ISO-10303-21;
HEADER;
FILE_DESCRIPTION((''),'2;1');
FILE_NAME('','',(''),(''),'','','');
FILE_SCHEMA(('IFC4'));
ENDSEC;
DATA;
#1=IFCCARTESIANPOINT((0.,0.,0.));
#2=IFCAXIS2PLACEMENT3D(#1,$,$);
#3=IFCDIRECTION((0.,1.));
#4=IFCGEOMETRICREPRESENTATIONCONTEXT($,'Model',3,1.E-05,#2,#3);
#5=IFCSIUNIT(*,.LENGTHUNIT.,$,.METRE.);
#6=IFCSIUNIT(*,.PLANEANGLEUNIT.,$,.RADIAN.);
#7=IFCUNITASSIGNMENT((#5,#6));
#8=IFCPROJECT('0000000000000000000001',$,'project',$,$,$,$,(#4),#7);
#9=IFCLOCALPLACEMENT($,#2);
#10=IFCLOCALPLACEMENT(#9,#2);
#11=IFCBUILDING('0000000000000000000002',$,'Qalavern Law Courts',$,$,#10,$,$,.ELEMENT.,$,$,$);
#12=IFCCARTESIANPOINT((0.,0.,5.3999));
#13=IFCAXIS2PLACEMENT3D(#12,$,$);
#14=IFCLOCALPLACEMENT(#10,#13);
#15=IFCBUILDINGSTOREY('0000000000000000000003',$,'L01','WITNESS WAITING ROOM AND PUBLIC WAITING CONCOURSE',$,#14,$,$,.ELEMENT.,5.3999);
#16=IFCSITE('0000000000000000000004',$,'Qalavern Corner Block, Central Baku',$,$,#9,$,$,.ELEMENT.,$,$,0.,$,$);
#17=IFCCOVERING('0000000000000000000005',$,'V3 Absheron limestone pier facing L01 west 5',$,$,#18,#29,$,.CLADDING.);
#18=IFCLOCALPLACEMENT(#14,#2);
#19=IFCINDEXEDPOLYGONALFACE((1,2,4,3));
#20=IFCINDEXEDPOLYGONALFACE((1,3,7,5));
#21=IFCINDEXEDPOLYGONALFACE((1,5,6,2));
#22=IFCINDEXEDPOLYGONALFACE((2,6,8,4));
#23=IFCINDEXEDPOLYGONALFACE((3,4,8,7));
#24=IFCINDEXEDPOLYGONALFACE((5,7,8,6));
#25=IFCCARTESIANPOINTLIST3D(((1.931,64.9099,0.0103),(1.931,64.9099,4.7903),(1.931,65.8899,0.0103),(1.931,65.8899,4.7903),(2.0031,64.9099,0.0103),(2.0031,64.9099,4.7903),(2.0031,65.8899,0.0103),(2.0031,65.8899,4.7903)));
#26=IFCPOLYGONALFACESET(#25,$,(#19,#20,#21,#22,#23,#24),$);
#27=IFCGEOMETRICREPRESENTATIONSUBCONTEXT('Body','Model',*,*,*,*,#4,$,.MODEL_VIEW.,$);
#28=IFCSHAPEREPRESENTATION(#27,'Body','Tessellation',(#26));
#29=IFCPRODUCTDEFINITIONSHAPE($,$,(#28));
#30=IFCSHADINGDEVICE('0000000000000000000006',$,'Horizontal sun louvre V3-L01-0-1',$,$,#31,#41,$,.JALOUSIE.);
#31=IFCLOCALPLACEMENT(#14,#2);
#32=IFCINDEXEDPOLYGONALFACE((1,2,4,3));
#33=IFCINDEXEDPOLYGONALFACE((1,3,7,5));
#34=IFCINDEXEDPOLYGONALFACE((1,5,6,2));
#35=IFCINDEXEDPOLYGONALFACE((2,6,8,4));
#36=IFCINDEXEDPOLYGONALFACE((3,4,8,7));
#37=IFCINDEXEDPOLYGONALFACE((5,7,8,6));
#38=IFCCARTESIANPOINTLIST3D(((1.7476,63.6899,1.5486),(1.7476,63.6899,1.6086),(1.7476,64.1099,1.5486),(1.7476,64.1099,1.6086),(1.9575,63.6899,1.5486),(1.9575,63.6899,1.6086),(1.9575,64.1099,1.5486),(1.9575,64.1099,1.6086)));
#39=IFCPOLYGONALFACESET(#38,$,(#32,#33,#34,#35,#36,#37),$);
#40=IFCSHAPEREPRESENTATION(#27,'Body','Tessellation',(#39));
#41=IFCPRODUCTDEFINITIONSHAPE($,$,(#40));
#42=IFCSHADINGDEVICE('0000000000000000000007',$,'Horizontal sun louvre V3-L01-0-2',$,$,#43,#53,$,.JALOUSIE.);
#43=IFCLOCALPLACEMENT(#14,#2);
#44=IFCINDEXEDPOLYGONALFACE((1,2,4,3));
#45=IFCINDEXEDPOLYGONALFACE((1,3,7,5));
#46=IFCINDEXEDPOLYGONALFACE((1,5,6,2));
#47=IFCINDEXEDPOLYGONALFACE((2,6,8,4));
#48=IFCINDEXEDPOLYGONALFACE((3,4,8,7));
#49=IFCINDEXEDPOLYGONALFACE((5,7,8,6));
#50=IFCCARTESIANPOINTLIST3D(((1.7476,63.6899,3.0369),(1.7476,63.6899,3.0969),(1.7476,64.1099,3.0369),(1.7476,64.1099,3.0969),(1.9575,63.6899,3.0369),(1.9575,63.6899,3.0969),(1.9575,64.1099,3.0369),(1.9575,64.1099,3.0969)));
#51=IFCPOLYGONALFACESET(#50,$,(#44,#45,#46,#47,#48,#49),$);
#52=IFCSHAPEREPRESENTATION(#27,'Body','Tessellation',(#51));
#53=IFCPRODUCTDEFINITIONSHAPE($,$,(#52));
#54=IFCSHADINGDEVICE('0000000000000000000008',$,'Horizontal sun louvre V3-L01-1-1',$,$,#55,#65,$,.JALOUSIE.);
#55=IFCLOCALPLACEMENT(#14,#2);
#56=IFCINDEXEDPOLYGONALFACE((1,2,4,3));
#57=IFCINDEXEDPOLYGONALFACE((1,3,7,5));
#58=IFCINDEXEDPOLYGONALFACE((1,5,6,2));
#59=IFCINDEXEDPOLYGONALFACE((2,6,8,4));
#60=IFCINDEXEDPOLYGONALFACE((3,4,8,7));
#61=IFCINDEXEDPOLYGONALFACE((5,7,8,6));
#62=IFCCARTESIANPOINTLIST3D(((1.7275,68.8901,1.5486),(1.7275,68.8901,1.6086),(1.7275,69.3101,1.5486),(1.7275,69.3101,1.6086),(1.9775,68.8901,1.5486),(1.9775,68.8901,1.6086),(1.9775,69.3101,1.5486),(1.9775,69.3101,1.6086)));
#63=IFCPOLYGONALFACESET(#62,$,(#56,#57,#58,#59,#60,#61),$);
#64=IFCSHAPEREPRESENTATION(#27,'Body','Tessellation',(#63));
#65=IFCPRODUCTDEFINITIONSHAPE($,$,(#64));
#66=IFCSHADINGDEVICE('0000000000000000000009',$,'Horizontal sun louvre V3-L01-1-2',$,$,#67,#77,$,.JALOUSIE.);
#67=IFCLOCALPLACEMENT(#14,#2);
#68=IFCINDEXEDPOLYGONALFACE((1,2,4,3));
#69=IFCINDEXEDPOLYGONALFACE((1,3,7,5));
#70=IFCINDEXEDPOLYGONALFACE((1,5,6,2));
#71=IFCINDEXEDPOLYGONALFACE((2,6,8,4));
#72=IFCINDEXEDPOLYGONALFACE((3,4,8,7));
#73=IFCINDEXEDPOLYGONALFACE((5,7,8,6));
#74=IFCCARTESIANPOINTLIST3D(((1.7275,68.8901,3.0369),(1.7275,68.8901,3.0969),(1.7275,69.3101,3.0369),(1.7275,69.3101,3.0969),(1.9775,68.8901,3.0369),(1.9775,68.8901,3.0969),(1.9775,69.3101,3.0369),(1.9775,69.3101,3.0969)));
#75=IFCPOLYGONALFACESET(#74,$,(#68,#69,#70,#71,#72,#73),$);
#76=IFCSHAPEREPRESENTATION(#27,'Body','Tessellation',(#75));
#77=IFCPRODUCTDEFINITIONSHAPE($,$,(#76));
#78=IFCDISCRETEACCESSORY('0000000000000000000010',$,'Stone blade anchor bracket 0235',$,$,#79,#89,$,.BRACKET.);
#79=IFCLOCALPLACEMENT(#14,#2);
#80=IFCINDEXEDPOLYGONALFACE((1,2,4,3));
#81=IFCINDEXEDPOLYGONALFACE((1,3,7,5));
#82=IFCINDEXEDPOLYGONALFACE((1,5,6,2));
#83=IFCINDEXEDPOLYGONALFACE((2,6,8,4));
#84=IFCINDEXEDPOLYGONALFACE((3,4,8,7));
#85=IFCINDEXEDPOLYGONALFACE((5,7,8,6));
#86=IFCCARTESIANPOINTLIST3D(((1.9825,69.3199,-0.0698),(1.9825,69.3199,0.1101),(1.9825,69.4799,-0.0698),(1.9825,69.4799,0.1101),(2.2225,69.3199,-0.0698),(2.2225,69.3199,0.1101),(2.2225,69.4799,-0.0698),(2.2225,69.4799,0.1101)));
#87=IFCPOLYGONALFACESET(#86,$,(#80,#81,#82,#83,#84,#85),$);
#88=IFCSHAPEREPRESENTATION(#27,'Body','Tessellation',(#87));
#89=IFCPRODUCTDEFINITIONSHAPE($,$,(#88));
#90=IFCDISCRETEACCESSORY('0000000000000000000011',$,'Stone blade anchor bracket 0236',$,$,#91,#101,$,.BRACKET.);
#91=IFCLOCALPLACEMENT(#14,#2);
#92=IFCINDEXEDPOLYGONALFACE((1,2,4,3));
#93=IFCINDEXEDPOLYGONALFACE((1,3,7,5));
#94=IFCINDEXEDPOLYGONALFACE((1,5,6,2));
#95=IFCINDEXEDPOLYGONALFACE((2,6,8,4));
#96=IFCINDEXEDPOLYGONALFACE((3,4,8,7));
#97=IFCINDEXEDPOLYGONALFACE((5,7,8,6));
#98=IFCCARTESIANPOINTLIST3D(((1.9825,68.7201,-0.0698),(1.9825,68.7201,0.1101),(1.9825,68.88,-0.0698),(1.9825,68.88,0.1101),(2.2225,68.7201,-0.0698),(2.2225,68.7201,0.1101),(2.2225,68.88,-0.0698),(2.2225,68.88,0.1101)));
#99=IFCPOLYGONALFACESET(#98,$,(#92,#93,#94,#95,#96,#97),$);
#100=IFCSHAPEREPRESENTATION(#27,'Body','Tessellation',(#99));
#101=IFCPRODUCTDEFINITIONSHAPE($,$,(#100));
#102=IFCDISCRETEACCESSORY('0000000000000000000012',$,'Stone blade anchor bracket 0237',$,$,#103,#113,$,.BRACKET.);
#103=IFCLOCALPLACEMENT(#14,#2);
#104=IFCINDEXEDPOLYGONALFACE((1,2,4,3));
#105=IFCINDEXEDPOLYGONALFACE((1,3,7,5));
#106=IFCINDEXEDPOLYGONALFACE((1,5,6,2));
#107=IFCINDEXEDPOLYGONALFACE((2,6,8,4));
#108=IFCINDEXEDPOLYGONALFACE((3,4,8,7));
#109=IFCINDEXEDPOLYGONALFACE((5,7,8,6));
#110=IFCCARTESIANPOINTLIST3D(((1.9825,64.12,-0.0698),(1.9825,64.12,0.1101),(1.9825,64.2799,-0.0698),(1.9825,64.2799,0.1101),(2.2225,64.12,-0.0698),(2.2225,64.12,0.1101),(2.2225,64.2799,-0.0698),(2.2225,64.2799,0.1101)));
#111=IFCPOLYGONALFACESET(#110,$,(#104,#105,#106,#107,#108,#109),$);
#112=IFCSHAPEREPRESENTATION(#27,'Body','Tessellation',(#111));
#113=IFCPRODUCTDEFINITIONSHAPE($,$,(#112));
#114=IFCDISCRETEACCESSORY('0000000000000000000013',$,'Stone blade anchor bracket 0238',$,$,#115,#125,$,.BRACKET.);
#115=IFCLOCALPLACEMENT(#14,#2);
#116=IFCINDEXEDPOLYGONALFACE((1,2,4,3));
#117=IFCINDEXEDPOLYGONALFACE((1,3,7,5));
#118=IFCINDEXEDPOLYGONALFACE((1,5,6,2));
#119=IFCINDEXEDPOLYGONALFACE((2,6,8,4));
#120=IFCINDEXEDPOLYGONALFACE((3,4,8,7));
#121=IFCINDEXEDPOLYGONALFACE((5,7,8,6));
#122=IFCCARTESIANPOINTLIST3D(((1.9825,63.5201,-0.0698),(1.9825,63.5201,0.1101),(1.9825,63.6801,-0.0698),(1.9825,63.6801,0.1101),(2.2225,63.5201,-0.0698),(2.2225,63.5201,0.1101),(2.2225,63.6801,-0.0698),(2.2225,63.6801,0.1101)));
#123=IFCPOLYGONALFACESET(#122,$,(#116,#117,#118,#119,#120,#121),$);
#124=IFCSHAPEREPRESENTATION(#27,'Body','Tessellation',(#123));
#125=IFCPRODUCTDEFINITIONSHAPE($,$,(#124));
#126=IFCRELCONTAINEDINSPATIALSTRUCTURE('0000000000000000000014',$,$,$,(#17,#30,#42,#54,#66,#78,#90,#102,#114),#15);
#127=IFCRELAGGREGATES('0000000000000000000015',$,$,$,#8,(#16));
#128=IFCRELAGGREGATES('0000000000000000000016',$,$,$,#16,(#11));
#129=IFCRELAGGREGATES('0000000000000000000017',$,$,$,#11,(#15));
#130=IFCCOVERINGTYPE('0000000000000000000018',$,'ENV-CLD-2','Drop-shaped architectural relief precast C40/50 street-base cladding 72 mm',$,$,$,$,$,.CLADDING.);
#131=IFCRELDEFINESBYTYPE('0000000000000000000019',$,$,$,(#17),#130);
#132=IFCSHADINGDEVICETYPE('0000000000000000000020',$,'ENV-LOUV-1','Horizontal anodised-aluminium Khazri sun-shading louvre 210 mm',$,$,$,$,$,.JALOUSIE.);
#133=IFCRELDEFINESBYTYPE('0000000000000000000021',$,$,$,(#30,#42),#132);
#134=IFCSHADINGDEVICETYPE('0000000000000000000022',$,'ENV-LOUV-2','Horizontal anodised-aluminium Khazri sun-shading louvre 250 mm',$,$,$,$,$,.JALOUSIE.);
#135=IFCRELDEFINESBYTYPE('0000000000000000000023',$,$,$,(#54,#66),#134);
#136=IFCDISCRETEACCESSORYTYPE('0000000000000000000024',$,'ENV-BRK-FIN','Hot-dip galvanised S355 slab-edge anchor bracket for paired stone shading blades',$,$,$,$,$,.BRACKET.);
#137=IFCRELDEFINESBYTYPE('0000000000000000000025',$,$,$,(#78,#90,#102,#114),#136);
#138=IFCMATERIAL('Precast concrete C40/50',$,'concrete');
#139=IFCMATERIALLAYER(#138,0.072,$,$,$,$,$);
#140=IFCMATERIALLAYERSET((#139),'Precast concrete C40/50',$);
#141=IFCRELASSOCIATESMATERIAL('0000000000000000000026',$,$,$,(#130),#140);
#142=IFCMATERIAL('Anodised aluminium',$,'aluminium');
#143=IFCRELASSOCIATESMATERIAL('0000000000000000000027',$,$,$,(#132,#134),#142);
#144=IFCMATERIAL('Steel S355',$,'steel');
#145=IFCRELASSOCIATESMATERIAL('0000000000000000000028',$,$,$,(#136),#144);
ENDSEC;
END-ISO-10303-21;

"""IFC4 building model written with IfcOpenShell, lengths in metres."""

from ifc_helpers import new_model, si_unit, direction, frame, origin, origin_2d, place, context, subcontext, project, spatial, rectangle, extrude, material, layer, layer_set, type_object, element, save


model = new_model("IFC4")

# Units and contexts
model_context = context("Model", 3, precision=1e-05, world=origin(), true_north=direction((0.0, 1.0)))
body_context = subcontext(model_context, "Body", "Model", "MODEL_VIEW")
ifc_project = project(units=[si_unit("LENGTHUNIT", "METRE"), si_unit("PLANEANGLEUNIT", "RADIAN")], contexts=[model_context])

# Site, building, storey
site_placement = place(None, origin())
site = spatial("IfcSite", under=ifc_project, at=site_placement, Name="Qalavern Corner Block, Central Baku", CompositionType="ELEMENT", RefElevation=0.0)
building_placement = place(site_placement, origin())
building = spatial("IfcBuilding", under=site, at=building_placement, Name="Qalavern Law Courts", CompositionType="ELEMENT")
storey_placement = place(building_placement, frame((0.0, 0.0, 5.3999)))
storey = spatial("IfcBuildingStorey", under=building, at=storey_placement, Name="L01", Description="WITNESS WAITING ROOM AND PUBLIC WAITING CONCOURSE", CompositionType="ELEMENT", Elevation=5.3999)

# Shared definitions
ifc_material_1 = material(Name="Anodised aluminium", Category="aluminium")

# Covering
ifc_material_2 = material(Name="Precast concrete C40/50", Category="concrete")
ifc_layer_1 = layer(ifc_material_2, 0.072)
ifc_layer_set_1 = layer_set([ifc_layer_1], Name="Precast concrete C40/50")
covering_type_1 = type_object("IfcCoveringType", Name="ENV-CLD-2", Description="Drop-shaped architectural relief precast C40/50 street-base cladding 72 mm", PredefinedType="CLADDING", material=ifc_layer_set_1)
covering_placement = place(storey_placement, frame((1.967, 65.3999, 0.0103), z_axis=(0.0, 0.0, 1.0), x_axis=(0.0, -1.0, 0.0)))
element("IfcCovering", 1, at=covering_placement, inside=storey, type_object=covering_type_1, Name="V3 Absheron limestone pier facing L01 west 5", PredefinedType="CLADDING", context=body_context, shape_type="SweptSolid", body=[
    extrude(rectangle(XDim=0.98, YDim=0.072, at=origin_2d()), origin(), (0.0, 0.0, 1.0), 4.78),
])

# Shading devices
shading_device_type_1 = type_object("IfcShadingDeviceType", Name="ENV-LOUV-1", Description="Horizontal anodised-aluminium Khazri sun-shading louvre 210 mm", PredefinedType="JALOUSIE", material=ifc_material_1)
for number, where, z_axis, x_axis, name in (
    (2, (1.8525, 63.8999, 1.5486), (0.0, 0.0, 1.0), (0.0, -1.0, 0.0), "Horizontal sun louvre V3-L01-0-1"),
    (3, (1.8525, 63.8999, 3.0369), (0.0, 0.0, 1.0), (0.0, -1.0, 0.0), "Horizontal sun louvre V3-L01-0-2"),
):
    element("IfcShadingDevice", number, at=place(storey_placement, frame(where, z_axis=z_axis, x_axis=x_axis)), inside=storey, type_object=shading_device_type_1, Name=name, PredefinedType="JALOUSIE", context=body_context, shape_type="SweptSolid", body=[
        extrude(rectangle(XDim=0.4199, YDim=0.21, at=origin_2d()), origin(), (0.0, 0.0, 1.0), 0.0601),
    ])
shading_device_type_2 = type_object("IfcShadingDeviceType", Name="ENV-LOUV-2", Description="Horizontal anodised-aluminium Khazri sun-shading louvre 250 mm", PredefinedType="JALOUSIE", material=ifc_material_1)
for number, where, z_axis, x_axis, name in (
    (4, (1.8525, 69.1001, 1.5486), (0.0, 0.0, 1.0), (0.0, -1.0, 0.0), "Horizontal sun louvre V3-L01-1-1"),
    (5, (1.8525, 69.1001, 3.0369), (0.0, 0.0, 1.0), (0.0, -1.0, 0.0), "Horizontal sun louvre V3-L01-1-2"),
):
    element("IfcShadingDevice", number, at=place(storey_placement, frame(where, z_axis=z_axis, x_axis=x_axis)), inside=storey, type_object=shading_device_type_2, Name=name, PredefinedType="JALOUSIE", context=body_context, shape_type="SweptSolid", body=[
        extrude(rectangle(XDim=0.4199, YDim=0.25, at=origin_2d()), origin(), (0.0, 0.0, 1.0), 0.0601),
    ])

# Discrete accessories
ifc_material_3 = material(Name="Steel S355", Category="steel")
discrete_accessory_type = type_object("IfcDiscreteAccessoryType", Name="ENV-BRK-FIN", Description="Hot-dip galvanised S355 slab-edge anchor bracket for paired stone shading blades", PredefinedType="BRACKET", material=ifc_material_3)
for number, where, z_axis, x_axis, name in (
    (6, (2.1025, 69.3999, -0.0698), (0.0, 0.0, 1.0), (-1.0, 0.0, 0.0), "Stone blade anchor bracket 0235"),
    (7, (2.1025, 68.8, -0.0698), (0.0, 0.0, 1.0), (-1.0, 0.0, 0.0), "Stone blade anchor bracket 0236"),
    (8, (2.1025, 64.2, -0.0698), (0.0, 0.0, 1.0), (-1.0, 0.0, 0.0), "Stone blade anchor bracket 0237"),
    (9, (2.1025, 63.6001, -0.0698), (0.0, 0.0, 1.0), (-1.0, 0.0, 0.0), "Stone blade anchor bracket 0238"),
):
    element("IfcDiscreteAccessory", number, at=place(storey_placement, frame(where, z_axis=z_axis, x_axis=x_axis)), inside=storey, type_object=discrete_accessory_type, Name=name, PredefinedType="BRACKET", context=body_context, shape_type="SweptSolid", body=[
        extrude(rectangle(XDim=0.24, YDim=0.1599, at=origin_2d()), origin(), (0.0, 0.0, 1.0), 0.1799),
    ])

save(model, "model.ifc")
